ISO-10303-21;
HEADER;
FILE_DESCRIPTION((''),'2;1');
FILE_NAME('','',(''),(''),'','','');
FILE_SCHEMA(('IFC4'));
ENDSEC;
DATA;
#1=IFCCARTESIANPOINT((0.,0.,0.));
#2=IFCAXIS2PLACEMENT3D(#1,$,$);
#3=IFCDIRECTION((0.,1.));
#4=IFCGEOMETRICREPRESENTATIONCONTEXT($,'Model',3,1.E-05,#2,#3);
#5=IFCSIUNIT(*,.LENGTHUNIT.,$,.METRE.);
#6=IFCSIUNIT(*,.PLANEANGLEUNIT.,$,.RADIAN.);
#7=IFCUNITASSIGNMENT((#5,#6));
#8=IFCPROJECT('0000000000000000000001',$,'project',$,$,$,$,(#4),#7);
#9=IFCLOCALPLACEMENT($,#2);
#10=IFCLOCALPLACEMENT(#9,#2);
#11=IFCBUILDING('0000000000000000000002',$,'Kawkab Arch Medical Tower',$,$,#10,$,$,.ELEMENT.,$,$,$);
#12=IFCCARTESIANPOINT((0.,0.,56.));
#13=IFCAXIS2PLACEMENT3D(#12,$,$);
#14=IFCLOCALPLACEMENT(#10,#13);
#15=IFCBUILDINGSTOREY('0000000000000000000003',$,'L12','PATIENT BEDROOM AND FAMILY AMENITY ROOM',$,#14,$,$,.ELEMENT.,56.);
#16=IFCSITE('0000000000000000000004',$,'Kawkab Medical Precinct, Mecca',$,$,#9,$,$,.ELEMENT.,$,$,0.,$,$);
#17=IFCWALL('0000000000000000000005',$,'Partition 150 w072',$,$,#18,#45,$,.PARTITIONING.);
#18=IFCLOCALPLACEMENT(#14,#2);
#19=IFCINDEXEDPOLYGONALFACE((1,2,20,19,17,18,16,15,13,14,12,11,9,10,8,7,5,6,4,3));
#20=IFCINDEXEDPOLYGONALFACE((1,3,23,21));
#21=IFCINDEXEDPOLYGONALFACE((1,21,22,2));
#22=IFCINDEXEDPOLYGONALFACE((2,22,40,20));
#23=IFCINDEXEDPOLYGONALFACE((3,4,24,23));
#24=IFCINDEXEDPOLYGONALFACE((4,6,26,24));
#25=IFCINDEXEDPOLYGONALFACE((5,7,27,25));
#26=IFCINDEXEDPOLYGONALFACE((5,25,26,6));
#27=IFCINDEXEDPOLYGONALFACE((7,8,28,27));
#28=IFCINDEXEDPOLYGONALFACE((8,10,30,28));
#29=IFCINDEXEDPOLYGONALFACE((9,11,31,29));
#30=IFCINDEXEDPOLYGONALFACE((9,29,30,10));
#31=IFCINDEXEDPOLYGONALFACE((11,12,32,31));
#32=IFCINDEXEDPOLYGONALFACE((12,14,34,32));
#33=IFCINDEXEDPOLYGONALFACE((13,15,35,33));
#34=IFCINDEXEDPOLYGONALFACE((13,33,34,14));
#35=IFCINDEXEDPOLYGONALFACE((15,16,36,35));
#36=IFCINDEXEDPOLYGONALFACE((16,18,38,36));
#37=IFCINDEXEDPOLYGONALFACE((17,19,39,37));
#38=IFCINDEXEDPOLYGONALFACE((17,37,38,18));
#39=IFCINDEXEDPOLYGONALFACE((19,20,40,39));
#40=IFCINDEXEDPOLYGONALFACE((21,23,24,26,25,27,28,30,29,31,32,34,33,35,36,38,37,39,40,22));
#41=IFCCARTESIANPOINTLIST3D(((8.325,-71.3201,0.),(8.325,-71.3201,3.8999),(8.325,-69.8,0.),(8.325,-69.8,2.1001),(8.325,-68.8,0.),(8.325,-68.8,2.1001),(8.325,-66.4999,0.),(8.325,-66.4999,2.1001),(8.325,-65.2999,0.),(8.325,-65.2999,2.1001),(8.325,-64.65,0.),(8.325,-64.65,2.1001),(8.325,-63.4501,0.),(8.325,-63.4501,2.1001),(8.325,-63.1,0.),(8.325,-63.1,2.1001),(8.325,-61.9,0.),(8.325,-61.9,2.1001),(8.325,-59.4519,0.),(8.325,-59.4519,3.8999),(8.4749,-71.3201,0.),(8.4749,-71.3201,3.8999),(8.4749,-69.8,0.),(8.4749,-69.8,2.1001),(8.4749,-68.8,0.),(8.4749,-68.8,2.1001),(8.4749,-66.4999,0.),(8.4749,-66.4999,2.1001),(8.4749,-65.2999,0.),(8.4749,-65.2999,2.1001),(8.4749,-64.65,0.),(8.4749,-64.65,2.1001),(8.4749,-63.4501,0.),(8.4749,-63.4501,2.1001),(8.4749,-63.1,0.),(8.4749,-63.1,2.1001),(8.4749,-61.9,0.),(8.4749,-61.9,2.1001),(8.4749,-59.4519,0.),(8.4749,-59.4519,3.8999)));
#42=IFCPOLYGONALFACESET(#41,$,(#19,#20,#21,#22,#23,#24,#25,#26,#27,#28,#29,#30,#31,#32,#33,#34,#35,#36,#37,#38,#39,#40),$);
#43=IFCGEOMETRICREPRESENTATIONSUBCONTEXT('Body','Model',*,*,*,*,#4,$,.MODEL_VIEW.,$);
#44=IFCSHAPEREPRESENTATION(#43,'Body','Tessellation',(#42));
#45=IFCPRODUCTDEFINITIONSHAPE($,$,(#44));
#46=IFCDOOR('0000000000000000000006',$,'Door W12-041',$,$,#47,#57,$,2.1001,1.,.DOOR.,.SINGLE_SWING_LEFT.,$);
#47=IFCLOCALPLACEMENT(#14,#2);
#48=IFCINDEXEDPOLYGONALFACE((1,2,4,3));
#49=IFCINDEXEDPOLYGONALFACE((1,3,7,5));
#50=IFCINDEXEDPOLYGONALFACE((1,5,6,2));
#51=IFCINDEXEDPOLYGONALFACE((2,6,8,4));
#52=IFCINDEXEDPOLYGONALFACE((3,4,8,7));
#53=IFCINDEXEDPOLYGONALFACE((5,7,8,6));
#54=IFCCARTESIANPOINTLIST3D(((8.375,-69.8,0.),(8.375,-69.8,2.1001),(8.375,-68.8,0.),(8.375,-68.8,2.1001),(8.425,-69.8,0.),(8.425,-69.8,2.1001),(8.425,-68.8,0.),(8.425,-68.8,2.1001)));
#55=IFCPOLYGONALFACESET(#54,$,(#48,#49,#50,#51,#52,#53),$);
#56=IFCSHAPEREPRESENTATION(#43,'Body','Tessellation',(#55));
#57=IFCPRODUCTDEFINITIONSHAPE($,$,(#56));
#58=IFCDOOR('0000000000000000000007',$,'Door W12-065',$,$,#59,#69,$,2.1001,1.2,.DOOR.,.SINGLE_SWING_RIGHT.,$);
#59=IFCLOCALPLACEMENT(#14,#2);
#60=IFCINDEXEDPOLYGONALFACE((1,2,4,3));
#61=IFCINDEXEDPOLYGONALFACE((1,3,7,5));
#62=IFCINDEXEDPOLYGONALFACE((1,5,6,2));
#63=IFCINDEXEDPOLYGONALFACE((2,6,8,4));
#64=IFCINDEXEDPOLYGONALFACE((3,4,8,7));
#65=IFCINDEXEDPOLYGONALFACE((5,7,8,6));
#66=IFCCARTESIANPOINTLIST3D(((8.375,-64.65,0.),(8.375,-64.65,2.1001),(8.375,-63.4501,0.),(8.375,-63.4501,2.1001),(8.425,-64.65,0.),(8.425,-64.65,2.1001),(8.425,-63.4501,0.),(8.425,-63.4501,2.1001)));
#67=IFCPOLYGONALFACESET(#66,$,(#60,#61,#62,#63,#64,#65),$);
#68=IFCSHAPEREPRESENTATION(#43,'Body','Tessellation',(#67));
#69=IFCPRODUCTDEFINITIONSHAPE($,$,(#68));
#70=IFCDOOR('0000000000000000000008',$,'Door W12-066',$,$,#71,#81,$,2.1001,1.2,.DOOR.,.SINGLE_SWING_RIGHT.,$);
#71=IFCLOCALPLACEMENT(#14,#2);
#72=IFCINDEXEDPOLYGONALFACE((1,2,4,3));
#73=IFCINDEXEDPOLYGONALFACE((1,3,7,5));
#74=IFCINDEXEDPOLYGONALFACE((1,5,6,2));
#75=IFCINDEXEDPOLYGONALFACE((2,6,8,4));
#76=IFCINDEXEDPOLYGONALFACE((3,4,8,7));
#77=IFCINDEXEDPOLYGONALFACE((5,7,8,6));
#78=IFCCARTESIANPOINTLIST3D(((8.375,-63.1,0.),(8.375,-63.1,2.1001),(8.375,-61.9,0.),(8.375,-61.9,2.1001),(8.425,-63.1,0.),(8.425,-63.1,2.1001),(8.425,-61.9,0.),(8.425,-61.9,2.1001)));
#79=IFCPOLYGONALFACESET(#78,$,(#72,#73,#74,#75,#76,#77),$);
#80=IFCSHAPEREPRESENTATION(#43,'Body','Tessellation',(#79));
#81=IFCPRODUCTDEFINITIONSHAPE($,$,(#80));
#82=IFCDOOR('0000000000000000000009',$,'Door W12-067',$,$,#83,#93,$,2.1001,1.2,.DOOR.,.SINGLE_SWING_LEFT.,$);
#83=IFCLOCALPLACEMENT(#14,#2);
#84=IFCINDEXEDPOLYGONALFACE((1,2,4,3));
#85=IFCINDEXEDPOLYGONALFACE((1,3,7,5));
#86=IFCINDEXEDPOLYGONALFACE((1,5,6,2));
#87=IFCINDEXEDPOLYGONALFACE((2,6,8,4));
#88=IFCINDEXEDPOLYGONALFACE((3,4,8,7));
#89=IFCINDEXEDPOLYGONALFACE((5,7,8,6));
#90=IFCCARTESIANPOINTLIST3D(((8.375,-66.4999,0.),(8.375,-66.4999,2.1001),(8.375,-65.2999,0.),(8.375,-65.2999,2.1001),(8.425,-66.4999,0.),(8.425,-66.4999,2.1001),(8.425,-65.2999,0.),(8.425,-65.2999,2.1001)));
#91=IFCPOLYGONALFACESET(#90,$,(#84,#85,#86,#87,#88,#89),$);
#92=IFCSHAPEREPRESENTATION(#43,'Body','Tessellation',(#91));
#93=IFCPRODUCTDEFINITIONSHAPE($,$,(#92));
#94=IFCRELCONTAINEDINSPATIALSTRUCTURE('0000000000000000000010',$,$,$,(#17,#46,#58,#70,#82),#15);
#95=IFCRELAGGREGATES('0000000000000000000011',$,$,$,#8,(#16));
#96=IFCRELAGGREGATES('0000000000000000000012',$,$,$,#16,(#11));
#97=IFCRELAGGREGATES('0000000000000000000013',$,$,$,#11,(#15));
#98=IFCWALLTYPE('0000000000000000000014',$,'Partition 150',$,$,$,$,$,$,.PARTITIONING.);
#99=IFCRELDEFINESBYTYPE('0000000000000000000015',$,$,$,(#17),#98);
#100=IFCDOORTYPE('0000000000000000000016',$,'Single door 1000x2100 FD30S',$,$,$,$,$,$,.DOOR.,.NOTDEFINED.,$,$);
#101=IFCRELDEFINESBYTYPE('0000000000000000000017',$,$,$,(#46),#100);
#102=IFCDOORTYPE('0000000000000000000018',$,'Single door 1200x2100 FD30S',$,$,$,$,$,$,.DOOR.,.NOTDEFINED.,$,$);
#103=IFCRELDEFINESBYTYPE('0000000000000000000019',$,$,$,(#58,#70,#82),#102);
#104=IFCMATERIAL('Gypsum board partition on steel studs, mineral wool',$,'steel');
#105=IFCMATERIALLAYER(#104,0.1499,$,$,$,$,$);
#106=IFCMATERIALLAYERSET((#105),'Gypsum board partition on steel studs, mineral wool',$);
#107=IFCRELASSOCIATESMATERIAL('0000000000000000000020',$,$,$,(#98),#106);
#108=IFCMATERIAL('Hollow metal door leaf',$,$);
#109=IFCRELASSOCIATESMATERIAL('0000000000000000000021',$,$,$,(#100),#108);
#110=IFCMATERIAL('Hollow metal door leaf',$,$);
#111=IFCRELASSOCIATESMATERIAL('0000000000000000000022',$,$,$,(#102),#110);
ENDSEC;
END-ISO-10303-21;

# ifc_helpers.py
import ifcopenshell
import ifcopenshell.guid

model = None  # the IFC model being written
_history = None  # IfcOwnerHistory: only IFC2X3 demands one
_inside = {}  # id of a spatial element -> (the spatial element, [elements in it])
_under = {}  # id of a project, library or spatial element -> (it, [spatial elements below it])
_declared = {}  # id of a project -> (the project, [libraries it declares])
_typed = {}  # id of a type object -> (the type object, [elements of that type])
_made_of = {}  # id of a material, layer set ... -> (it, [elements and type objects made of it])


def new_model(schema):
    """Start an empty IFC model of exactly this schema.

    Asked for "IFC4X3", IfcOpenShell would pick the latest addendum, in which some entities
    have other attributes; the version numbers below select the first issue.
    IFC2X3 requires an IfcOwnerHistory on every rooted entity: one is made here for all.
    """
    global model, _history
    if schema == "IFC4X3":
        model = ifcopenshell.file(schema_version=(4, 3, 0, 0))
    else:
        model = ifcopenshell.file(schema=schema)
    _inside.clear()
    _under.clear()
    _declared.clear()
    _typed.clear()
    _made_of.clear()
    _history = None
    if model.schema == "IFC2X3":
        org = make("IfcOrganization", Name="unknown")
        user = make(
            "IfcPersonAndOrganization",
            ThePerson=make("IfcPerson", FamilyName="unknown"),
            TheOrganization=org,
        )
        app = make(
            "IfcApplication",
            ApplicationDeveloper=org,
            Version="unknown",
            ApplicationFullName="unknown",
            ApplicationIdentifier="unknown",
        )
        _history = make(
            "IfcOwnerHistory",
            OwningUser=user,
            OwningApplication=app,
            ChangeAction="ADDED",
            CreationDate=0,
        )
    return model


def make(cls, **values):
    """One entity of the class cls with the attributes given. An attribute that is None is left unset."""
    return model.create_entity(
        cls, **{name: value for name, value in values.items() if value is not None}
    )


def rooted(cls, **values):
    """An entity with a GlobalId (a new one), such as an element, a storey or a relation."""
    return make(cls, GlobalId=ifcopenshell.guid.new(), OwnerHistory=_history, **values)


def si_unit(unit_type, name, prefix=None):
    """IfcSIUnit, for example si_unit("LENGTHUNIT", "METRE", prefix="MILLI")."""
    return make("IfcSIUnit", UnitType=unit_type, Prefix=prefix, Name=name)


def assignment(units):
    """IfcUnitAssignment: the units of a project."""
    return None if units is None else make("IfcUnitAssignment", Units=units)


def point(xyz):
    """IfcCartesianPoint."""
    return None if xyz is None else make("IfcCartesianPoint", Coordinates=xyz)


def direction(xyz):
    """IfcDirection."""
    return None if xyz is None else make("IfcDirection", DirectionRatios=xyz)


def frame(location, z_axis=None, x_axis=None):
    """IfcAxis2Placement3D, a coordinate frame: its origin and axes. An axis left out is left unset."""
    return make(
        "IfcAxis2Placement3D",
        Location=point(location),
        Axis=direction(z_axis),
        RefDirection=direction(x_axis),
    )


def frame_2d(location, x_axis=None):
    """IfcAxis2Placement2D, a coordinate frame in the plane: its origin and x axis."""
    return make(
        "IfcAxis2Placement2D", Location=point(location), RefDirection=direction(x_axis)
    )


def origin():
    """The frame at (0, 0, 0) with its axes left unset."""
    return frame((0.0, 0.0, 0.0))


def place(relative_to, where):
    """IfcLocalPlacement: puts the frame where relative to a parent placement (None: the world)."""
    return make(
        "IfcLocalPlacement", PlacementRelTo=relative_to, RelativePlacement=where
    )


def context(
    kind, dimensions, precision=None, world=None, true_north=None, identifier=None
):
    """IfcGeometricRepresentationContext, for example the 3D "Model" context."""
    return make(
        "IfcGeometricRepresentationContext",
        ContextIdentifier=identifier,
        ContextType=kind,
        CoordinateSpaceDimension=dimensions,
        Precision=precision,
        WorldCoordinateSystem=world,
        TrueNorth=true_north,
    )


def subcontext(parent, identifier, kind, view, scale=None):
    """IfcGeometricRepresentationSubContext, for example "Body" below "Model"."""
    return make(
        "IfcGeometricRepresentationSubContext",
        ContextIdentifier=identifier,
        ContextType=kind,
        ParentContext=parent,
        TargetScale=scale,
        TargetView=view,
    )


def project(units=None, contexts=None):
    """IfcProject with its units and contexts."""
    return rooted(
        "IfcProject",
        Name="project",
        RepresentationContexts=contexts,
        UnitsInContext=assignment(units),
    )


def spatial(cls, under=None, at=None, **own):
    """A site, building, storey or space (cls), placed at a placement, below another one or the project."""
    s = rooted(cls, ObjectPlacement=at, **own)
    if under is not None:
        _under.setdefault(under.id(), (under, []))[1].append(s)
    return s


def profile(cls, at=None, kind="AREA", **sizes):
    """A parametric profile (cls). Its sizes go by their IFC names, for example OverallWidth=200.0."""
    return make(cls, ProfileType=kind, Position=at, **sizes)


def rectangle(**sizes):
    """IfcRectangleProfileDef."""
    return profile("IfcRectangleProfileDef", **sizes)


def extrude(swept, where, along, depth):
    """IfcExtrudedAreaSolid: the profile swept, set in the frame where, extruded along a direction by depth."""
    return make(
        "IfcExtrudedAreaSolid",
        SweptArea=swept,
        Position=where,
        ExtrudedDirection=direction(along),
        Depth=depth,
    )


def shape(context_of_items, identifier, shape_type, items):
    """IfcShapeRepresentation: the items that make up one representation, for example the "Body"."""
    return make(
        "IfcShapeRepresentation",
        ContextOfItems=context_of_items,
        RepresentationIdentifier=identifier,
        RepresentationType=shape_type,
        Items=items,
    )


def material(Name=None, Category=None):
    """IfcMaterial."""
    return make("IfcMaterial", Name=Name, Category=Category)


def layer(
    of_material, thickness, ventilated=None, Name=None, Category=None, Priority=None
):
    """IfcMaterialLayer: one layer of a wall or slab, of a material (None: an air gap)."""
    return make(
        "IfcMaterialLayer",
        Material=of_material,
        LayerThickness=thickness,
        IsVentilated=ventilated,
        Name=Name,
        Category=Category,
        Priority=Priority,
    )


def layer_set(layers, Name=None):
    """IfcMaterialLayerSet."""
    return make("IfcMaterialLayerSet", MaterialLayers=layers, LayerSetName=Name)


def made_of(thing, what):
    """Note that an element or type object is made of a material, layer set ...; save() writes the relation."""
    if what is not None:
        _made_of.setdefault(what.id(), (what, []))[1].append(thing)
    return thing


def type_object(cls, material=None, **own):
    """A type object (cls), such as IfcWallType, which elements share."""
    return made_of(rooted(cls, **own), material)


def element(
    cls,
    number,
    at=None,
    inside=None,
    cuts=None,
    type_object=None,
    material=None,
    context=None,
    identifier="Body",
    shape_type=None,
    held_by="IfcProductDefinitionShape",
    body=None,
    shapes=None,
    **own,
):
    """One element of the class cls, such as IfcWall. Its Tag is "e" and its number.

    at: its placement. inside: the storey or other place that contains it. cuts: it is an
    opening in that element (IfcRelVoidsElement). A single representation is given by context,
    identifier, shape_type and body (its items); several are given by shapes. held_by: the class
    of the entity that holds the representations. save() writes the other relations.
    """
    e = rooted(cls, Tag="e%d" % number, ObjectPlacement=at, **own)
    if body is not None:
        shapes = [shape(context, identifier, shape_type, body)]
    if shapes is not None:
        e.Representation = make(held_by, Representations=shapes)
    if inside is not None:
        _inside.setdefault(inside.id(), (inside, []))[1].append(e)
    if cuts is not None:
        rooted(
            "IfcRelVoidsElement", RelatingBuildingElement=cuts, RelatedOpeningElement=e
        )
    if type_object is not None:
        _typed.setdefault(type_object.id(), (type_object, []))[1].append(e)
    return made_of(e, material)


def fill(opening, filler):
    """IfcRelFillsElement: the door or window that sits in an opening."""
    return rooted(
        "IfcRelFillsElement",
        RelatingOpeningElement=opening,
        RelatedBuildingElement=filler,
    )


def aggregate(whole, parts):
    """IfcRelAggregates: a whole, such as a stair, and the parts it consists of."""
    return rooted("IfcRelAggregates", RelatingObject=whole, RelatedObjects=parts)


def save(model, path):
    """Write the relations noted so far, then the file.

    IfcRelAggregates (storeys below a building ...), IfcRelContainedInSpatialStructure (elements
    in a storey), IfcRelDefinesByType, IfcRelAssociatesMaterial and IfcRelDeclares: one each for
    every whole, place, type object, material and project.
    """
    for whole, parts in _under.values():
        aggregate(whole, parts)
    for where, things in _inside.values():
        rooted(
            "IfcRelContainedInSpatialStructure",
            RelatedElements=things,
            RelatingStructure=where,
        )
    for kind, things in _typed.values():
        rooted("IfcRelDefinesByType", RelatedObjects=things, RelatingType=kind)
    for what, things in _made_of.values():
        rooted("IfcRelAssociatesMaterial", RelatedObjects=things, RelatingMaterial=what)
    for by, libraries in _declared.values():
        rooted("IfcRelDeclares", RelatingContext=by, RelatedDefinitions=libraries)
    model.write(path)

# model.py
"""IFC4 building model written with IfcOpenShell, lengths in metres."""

from ifc_helpers import new_model, si_unit, direction, frame, frame_2d, origin, place, context, subcontext, project, spatial, rectangle, extrude, material, layer, layer_set, type_object, element, fill, save


model = new_model("IFC4")

# Units and contexts
model_context = context("Model", 3, precision=1e-05, world=origin(), true_north=direction((0.0, 1.0)))
body_context = subcontext(model_context, "Body", "Model", "MODEL_VIEW")
ifc_project = project(units=[si_unit("LENGTHUNIT", "METRE"), si_unit("PLANEANGLEUNIT", "RADIAN")], contexts=[model_context])

# Site, building, storey
site_placement = place(None, origin())
site = spatial("IfcSite", under=ifc_project, at=site_placement, Name="Kawkab Medical Precinct, Mecca", CompositionType="ELEMENT", RefElevation=0.0)
building_placement = place(site_placement, origin())
building = spatial("IfcBuilding", under=site, at=building_placement, Name="Kawkab Arch Medical Tower", CompositionType="ELEMENT")
storey_placement = place(building_placement, frame((0.0, 0.0, 56.0)))
storey = spatial("IfcBuildingStorey", under=building, at=storey_placement, Name="L12", Description="PATIENT BEDROOM AND FAMILY AMENITY ROOM", CompositionType="ELEMENT", Elevation=56.0)

# Wall, openings, doors
ifc_material_1 = material(Name="Gypsum board partition on steel studs, mineral wool", Category="steel")
ifc_layer_1 = layer(ifc_material_1, 0.1499)
ifc_layer_set_1 = layer_set([ifc_layer_1], Name="Gypsum board partition on steel studs, mineral wool")
wall_type_1 = type_object("IfcWallType", Name="Partition 150", PredefinedType="PARTITIONING", material=ifc_layer_set_1)
wall_1_placement = place(storey_placement, frame((8.3999, -71.3201, 0.0), z_axis=(0.0, 0.0, 1.0), x_axis=(0.0, 1.0, 0.0)))
wall_1 = element("IfcWall", 1, at=wall_1_placement, inside=storey, type_object=wall_type_1, Name="Partition 150 w072", PredefinedType="PARTITIONING", context=body_context, shape_type="SweptSolid", body=[
    extrude(rectangle(XDim=11.8682, YDim=0.1499, at=frame_2d((5.9341, 0.0))), origin(), (0.0, 0.0, 1.0), 3.8999),
])
opening_1_placement = place(wall_1_placement, frame((6.6699, 0.0, 0.0)))
opening_1 = element("IfcOpeningElement", 2, at=opening_1_placement, cuts=wall_1, PredefinedType="OPENING", context=body_context, shape_type="SweptSolid", body=[
    extrude(rectangle(XDim=1.2, YDim=2.1001, at=frame_2d((0.6001, 1.05))), frame((0.0, 0.085, 0.0), z_axis=(0.0, -1.0, 0.0), x_axis=(1.0, 0.0, 0.0)), (0.0, 0.0, 1.0), 0.1699),
])
opening_2_placement = place(wall_1_placement, frame((8.22, 0.0, 0.0)))
opening_2 = element("IfcOpeningElement", 3, at=opening_2_placement, cuts=wall_1, PredefinedType="OPENING", context=body_context, shape_type="SweptSolid", body=[
    extrude(rectangle(XDim=1.2, YDim=2.1001, at=frame_2d((0.6001, 1.05))), frame((0.0, 0.085, 0.0), z_axis=(0.0, -1.0, 0.0), x_axis=(1.0, 0.0, 0.0)), (0.0, 0.0, 1.0), 0.1699),
])
opening_3_placement = place(wall_1_placement, frame((4.8201, 0.0, 0.0)))
opening_3 = element("IfcOpeningElement", 4, at=opening_3_placement, cuts=wall_1, PredefinedType="OPENING", context=body_context, shape_type="SweptSolid", body=[
    extrude(rectangle(XDim=1.2, YDim=2.1001, at=frame_2d((0.6001, 1.05))), frame((0.0, 0.085, 0.0), z_axis=(0.0, -1.0, 0.0), x_axis=(1.0, 0.0, 0.0)), (0.0, 0.0, 1.0), 0.1699),
])
opening_4_placement = place(wall_1_placement, frame((1.52, 0.0, 0.0)))
opening_4 = element("IfcOpeningElement", 5, at=opening_4_placement, cuts=wall_1, PredefinedType="OPENING", context=body_context, shape_type="SweptSolid", body=[
    extrude(rectangle(XDim=1.0, YDim=2.1001, at=frame_2d((0.5, 1.05))), frame((0.0, 0.085, 0.0), z_axis=(0.0, -1.0, 0.0), x_axis=(1.0, 0.0, 0.0)), (0.0, 0.0, 1.0), 0.1699),
])
ifc_material_2 = material(Name="Hollow metal door leaf")
door_type_1 = type_object("IfcDoorType", Name="Single door 1000x2100 FD30S", OperationType="NOTDEFINED", PredefinedType="DOOR", material=ifc_material_2)
door_1_placement = place(opening_4_placement, origin())
door_1 = element("IfcDoor", 6, at=door_1_placement, inside=storey, type_object=door_type_1, Name="Door W12-041", OperationType="SINGLE_SWING_LEFT", OverallHeight=2.1001, OverallWidth=1.0, PredefinedType="DOOR", context=body_context, shape_type="SweptSolid", body=[
    extrude(rectangle(XDim=1.0, YDim=2.1001, at=frame_2d((0.5, 1.05))), frame((0.0, 0.0249, 0.0), z_axis=(0.0, -1.0, 0.0), x_axis=(1.0, 0.0, 0.0)), (0.0, 0.0, 1.0), 0.05),
])
fill(opening_4, door_1)
ifc_material_3 = material(Name="Hollow metal door leaf")
door_type_2 = type_object("IfcDoorType", Name="Single door 1200x2100 FD30S", OperationType="NOTDEFINED", PredefinedType="DOOR", material=ifc_material_3)
door_2_placement = place(opening_1_placement, origin())
door_2 = element("IfcDoor", 7, at=door_2_placement, inside=storey, type_object=door_type_2, Name="Door W12-065", OperationType="SINGLE_SWING_RIGHT", OverallHeight=2.1001, OverallWidth=1.2, PredefinedType="DOOR", context=body_context, shape_type="SweptSolid", body=[
    extrude(rectangle(XDim=1.2, YDim=2.1001, at=frame_2d((0.6001, 1.05))), frame((0.0, 0.0249, 0.0), z_axis=(0.0, -1.0, 0.0), x_axis=(1.0, 0.0, 0.0)), (0.0, 0.0, 1.0), 0.05),
])
fill(opening_1, door_2)
door_3_placement = place(opening_2_placement, origin())
door_3 = element("IfcDoor", 8, at=door_3_placement, inside=storey, type_object=door_type_2, Name="Door W12-066", OperationType="SINGLE_SWING_RIGHT", OverallHeight=2.1001, OverallWidth=1.2, PredefinedType="DOOR", context=body_context, shape_type="SweptSolid", body=[
    extrude(rectangle(XDim=1.2, YDim=2.1001, at=frame_2d((0.6001, 1.05))), frame((0.0, 0.0249, 0.0), z_axis=(0.0, -1.0, 0.0), x_axis=(1.0, 0.0, 0.0)), (0.0, 0.0, 1.0), 0.05),
])
fill(opening_2, door_3)
door_4_placement = place(opening_3_placement, origin())
door_4 = element("IfcDoor", 9, at=door_4_placement, inside=storey, type_object=door_type_2, Name="Door W12-067", OperationType="SINGLE_SWING_LEFT", OverallHeight=2.1001, OverallWidth=1.2, PredefinedType="DOOR", context=body_context, shape_type="SweptSolid", body=[
    extrude(rectangle(XDim=1.2, YDim=2.1001, at=frame_2d((0.6001, 1.05))), frame((0.0, 0.0249, 0.0), z_axis=(0.0, -1.0, 0.0), x_axis=(1.0, 0.0, 0.0)), (0.0, 0.0, 1.0), 0.05),
])
fill(opening_3, door_4)

save(model, "model.ifc")
